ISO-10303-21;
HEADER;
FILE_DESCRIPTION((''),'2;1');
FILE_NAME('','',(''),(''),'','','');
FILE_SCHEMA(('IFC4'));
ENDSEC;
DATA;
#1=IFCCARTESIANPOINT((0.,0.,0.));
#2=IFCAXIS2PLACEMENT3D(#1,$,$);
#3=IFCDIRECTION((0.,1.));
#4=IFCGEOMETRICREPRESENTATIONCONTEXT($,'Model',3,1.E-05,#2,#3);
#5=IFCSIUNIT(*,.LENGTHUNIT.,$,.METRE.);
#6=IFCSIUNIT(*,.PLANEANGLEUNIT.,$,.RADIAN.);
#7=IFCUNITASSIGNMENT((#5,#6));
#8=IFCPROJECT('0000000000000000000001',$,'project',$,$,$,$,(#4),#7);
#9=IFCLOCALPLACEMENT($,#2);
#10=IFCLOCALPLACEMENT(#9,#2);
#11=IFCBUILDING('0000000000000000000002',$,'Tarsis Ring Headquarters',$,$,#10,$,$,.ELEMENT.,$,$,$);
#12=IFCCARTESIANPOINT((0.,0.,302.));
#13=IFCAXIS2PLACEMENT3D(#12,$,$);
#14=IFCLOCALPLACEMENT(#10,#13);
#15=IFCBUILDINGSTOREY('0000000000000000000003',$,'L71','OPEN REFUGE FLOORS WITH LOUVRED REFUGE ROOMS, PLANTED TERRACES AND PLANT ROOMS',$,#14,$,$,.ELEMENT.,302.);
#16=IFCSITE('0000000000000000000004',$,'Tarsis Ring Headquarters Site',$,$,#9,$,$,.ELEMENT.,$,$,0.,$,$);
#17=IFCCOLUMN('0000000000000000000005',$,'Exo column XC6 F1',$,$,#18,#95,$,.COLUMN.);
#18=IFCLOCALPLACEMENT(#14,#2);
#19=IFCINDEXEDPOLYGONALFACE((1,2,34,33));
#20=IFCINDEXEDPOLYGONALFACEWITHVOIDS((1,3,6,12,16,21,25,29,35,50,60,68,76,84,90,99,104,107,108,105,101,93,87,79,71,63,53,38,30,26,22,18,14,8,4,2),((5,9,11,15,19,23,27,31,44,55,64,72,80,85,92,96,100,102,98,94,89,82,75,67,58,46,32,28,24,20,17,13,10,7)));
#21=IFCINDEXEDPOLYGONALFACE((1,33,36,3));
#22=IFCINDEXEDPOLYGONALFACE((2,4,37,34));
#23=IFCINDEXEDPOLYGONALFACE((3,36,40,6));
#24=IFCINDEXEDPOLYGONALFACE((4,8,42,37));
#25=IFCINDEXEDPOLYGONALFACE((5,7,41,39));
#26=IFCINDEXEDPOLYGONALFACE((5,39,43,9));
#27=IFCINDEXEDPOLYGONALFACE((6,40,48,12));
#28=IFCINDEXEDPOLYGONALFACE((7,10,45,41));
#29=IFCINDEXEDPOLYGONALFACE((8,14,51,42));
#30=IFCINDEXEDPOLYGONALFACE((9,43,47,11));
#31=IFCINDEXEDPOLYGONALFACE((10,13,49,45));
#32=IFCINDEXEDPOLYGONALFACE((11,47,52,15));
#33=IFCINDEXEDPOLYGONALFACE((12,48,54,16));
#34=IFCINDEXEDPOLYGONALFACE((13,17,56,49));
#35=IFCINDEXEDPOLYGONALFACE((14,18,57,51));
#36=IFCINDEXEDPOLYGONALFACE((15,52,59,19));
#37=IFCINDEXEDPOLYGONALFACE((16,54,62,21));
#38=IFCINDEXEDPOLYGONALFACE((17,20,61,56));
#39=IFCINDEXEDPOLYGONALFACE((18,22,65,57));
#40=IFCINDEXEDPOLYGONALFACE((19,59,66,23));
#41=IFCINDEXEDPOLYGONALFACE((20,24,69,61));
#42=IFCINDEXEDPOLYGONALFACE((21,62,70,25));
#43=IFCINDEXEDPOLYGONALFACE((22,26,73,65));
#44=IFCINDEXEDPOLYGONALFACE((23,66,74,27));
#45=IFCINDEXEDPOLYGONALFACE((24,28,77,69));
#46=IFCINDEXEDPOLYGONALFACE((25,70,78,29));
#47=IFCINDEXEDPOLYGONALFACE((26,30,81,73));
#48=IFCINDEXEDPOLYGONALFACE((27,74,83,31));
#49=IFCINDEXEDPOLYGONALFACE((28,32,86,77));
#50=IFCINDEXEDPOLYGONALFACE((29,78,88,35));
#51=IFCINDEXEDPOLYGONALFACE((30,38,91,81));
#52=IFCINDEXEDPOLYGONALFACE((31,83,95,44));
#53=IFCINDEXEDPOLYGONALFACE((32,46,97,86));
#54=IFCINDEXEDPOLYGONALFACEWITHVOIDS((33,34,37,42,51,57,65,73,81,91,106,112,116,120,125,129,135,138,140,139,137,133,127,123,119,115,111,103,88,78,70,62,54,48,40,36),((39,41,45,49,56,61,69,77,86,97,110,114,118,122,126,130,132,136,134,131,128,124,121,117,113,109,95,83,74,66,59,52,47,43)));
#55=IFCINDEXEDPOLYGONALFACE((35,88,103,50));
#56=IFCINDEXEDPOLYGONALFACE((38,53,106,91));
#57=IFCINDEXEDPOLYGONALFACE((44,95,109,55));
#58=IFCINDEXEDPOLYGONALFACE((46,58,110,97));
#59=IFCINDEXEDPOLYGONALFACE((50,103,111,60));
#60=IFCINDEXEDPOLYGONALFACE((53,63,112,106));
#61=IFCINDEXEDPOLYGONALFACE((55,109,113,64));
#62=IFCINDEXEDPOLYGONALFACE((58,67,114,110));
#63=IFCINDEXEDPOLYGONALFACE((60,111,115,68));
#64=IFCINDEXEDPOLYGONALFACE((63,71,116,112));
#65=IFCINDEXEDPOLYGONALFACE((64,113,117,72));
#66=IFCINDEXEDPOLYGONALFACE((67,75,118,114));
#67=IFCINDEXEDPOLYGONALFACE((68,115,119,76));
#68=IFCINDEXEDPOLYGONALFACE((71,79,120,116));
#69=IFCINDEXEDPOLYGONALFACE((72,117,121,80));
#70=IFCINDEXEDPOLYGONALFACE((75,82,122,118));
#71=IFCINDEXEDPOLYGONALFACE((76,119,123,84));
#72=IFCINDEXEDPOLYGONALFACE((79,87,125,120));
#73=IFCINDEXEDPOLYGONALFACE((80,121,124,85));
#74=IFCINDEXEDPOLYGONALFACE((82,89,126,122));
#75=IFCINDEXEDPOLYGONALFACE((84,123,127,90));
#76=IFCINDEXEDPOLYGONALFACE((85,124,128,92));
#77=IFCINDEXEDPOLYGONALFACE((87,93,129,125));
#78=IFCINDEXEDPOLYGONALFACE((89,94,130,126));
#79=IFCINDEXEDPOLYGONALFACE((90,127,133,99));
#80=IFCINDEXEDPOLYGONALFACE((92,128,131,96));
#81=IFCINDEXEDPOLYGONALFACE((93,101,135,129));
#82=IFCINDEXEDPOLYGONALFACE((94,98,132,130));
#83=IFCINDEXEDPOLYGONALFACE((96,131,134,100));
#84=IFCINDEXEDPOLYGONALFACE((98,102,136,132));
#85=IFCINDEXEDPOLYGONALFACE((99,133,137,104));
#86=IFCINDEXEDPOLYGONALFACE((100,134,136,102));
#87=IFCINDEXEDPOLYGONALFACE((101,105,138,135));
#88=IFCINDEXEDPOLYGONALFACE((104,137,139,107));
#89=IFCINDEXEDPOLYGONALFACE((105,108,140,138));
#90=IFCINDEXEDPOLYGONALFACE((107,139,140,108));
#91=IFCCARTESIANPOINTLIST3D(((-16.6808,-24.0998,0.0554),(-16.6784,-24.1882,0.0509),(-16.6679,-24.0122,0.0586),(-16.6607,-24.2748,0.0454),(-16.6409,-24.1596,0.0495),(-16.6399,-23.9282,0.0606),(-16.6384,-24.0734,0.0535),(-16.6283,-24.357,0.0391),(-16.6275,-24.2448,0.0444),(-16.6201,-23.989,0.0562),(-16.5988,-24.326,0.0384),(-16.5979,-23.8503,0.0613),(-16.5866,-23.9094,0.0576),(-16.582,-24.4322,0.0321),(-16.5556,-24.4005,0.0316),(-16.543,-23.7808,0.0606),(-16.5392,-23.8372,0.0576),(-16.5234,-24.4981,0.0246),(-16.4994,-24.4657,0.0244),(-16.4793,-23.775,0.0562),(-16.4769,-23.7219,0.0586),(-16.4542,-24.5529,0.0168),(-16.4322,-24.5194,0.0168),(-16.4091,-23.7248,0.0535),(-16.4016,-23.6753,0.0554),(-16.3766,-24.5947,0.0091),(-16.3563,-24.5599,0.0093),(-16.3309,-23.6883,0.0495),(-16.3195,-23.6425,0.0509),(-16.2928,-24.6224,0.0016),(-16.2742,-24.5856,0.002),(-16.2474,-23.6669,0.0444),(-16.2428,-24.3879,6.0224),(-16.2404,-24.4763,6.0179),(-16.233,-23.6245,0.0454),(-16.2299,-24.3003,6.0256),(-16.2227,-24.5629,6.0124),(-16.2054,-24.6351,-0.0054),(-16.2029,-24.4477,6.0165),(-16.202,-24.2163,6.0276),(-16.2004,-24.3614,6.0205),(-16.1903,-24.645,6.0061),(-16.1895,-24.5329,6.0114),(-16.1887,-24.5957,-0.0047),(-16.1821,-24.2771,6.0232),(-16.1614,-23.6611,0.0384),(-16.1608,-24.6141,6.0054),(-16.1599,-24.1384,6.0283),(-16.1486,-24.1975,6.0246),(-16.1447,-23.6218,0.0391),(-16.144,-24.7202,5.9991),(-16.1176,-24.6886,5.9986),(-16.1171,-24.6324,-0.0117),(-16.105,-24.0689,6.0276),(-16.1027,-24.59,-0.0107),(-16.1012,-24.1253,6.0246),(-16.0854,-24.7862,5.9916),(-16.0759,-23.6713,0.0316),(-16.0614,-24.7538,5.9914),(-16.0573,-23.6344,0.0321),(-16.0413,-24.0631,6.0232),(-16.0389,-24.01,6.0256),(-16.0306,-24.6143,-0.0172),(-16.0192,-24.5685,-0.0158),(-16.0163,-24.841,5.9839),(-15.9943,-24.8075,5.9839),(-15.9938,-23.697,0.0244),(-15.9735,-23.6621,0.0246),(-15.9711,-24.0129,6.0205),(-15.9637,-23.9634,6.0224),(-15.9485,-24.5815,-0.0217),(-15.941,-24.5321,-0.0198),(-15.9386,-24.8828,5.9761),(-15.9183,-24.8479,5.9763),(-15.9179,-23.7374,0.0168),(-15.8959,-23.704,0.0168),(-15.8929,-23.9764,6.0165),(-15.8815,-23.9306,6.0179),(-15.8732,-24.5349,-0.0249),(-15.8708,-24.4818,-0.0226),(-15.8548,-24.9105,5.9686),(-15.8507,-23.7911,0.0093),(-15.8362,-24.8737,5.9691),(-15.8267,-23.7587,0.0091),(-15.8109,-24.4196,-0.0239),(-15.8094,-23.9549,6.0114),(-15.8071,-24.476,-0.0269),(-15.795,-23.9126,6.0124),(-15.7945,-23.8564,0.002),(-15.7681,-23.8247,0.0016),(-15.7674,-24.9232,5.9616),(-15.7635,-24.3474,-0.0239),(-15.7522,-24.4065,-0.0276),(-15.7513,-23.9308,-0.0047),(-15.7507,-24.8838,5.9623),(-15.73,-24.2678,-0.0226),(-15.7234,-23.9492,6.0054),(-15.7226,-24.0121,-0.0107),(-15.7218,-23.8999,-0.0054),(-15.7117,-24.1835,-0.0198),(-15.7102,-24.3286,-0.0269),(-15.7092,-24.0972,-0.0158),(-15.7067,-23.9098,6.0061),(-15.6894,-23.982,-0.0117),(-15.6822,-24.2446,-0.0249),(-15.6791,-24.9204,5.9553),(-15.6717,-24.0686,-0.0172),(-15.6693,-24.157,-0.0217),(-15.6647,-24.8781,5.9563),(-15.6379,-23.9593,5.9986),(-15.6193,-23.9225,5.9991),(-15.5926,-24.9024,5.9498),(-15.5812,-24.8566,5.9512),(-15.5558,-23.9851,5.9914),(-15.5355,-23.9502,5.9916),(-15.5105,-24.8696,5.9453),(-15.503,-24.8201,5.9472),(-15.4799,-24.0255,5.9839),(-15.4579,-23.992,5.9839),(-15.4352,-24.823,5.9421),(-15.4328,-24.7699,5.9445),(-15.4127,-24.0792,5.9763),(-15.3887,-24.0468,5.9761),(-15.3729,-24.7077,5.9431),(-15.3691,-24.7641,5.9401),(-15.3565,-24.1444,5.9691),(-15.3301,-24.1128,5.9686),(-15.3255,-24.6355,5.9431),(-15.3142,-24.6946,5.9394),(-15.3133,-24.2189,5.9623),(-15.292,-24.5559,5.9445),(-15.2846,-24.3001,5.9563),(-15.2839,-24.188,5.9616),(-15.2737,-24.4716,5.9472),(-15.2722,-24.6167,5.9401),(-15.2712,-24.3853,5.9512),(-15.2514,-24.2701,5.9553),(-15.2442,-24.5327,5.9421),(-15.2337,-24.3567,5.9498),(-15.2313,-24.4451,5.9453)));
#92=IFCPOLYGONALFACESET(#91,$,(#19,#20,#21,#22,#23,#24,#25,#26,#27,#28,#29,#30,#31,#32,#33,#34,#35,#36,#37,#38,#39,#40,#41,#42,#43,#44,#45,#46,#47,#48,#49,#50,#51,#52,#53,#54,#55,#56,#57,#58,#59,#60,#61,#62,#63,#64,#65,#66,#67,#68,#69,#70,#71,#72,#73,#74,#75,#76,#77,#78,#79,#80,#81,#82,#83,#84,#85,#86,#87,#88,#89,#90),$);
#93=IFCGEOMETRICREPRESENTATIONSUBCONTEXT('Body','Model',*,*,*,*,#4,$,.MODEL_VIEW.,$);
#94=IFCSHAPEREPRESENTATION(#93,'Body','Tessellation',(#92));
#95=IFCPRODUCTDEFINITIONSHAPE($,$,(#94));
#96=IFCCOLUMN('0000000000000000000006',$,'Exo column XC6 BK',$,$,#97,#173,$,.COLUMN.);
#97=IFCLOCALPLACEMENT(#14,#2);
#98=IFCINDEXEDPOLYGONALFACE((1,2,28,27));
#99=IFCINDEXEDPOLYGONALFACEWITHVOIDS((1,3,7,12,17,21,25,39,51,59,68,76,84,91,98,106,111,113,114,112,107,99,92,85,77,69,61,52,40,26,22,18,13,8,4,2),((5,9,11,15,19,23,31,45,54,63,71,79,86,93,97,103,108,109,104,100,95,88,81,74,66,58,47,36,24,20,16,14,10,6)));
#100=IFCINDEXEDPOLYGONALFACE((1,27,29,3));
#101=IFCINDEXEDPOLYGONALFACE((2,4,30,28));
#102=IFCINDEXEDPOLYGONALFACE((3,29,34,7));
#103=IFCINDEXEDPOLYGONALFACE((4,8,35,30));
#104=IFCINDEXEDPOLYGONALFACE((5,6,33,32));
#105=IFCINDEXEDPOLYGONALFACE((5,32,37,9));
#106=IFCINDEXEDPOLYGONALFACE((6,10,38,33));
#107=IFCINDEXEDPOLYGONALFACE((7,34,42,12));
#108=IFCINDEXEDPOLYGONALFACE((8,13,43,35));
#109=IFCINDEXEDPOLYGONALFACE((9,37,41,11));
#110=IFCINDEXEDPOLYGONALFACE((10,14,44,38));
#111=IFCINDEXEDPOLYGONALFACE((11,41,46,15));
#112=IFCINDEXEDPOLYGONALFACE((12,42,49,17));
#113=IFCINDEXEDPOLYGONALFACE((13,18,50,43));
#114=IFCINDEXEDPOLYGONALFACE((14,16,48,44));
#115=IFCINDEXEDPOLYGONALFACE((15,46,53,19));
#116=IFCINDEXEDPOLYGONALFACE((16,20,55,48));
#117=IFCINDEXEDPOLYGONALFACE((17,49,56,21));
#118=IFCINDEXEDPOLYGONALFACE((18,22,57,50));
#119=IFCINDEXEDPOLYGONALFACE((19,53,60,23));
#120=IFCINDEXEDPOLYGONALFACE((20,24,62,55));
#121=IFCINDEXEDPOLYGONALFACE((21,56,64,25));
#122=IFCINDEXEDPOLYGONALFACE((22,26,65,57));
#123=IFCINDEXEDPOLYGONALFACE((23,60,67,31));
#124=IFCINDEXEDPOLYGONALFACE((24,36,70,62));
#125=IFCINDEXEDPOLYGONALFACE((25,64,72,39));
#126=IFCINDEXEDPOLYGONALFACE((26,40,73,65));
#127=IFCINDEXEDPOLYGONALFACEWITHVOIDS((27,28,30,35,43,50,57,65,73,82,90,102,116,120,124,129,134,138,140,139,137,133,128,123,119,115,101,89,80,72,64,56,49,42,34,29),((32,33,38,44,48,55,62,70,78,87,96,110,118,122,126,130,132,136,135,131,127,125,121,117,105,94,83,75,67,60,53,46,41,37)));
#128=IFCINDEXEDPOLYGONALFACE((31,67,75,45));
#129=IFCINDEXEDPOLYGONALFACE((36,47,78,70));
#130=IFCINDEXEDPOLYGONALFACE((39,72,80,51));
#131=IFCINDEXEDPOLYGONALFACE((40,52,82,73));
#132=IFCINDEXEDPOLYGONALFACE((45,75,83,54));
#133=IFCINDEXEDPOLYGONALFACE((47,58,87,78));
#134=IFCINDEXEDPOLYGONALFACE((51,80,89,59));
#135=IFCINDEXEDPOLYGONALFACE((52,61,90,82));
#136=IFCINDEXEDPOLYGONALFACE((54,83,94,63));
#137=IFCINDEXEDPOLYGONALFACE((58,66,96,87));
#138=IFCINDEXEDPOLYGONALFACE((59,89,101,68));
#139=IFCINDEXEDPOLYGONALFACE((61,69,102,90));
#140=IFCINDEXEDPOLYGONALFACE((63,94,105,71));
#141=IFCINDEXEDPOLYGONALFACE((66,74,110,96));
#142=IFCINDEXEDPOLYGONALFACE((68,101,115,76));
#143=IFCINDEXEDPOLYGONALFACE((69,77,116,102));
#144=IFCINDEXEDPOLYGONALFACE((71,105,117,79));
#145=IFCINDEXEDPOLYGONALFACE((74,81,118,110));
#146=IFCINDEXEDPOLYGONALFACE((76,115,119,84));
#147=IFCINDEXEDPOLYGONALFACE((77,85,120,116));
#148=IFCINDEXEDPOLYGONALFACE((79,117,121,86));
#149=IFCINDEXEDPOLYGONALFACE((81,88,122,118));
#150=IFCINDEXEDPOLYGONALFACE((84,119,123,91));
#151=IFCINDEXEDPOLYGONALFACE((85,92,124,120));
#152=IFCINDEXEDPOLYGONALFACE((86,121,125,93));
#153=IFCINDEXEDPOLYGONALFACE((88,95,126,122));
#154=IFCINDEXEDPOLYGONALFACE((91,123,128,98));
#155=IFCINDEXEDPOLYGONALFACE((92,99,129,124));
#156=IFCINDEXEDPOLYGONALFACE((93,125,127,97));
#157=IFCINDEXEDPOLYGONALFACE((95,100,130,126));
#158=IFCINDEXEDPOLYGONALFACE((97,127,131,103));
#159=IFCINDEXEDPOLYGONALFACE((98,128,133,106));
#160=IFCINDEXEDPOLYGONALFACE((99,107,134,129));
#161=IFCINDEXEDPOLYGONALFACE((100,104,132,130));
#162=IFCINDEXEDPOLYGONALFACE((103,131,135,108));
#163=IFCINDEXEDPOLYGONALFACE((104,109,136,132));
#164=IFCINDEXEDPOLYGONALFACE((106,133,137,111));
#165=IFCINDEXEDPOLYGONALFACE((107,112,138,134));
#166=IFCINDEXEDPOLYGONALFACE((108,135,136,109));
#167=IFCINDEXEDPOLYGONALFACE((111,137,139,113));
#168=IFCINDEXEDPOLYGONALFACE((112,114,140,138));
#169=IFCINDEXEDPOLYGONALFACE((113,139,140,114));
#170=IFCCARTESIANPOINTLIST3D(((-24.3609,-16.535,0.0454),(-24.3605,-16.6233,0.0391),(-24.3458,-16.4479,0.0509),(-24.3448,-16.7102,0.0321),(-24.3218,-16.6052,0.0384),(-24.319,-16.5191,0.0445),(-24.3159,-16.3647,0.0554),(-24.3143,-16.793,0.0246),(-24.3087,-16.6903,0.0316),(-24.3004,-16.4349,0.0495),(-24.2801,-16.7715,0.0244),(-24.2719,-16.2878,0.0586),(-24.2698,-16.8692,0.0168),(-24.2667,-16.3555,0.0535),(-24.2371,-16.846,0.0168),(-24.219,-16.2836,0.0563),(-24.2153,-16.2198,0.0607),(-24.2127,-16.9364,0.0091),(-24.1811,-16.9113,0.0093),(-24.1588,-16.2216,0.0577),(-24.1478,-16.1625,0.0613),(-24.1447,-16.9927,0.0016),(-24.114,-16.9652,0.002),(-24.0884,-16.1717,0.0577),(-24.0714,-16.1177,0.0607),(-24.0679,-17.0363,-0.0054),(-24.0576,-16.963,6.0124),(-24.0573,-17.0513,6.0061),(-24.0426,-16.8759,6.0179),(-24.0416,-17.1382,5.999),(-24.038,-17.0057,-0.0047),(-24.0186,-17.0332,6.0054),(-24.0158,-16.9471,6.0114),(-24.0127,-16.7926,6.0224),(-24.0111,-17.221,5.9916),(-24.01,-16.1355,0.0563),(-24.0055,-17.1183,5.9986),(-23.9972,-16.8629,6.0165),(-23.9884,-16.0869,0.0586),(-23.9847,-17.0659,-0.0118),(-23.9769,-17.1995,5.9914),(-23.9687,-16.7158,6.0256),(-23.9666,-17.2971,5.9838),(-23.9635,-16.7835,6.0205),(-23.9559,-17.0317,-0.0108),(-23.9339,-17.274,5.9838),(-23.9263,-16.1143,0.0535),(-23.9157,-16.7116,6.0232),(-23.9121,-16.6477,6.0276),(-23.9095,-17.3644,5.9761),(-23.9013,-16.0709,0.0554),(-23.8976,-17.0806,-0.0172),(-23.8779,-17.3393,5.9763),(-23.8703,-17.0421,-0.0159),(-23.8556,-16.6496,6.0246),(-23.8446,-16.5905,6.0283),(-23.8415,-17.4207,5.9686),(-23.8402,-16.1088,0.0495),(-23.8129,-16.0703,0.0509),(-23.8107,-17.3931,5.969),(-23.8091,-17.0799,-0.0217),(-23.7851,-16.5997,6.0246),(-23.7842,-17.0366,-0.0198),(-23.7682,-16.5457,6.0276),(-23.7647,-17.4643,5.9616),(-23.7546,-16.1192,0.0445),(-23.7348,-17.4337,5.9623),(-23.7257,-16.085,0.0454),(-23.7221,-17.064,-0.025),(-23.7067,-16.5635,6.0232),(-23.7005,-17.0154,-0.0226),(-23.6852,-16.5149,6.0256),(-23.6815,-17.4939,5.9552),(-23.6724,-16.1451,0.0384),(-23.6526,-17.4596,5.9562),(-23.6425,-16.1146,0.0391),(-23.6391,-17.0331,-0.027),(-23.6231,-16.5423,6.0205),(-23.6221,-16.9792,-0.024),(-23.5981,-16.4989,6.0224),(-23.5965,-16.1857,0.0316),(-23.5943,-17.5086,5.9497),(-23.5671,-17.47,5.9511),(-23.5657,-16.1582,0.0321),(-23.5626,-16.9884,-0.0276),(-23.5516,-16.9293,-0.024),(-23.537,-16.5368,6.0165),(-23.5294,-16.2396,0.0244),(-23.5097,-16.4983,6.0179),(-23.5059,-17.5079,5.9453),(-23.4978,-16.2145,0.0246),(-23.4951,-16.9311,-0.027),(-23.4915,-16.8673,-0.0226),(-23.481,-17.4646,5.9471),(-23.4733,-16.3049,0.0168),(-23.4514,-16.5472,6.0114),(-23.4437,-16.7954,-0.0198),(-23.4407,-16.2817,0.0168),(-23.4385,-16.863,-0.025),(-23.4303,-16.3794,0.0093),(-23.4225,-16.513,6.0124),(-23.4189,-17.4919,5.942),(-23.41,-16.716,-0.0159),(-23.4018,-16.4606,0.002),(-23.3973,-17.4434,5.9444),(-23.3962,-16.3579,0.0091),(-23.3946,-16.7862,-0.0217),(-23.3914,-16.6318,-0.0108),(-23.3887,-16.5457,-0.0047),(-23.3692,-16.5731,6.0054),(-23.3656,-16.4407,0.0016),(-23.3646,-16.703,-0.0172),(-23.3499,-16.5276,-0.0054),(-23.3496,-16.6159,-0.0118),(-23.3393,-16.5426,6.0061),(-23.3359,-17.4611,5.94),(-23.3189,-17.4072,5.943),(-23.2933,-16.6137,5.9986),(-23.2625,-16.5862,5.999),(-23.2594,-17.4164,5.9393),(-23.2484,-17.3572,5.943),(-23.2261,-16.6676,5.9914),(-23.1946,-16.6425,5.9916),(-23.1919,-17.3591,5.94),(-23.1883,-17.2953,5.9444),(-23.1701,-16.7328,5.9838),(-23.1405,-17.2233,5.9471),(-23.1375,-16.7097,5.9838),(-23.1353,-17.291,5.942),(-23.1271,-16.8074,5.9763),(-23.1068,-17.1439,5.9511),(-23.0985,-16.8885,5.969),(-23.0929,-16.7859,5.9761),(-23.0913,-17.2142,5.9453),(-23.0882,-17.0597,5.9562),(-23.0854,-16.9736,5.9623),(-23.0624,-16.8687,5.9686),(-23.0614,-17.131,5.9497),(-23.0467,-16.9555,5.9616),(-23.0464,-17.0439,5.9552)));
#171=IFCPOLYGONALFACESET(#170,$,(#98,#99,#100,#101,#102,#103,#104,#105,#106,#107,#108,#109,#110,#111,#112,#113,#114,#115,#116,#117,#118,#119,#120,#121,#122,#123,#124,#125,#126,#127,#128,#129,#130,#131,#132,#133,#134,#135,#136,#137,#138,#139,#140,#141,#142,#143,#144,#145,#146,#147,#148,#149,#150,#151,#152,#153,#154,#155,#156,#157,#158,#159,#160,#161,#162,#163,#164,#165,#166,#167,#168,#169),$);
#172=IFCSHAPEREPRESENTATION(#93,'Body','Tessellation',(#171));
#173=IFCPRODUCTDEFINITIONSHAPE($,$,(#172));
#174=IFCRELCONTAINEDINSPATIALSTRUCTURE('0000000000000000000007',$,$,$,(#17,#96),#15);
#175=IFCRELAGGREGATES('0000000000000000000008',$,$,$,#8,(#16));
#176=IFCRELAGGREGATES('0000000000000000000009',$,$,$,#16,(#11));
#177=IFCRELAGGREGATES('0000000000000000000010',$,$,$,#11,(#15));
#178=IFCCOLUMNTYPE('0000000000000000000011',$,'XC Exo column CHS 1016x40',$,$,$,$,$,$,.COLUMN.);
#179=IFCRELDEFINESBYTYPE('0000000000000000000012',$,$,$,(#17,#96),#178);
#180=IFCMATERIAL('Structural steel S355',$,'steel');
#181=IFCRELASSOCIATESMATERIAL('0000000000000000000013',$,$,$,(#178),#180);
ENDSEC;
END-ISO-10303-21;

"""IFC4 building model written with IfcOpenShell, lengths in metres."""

from ifc_helpers import new_model, si_unit, direction, frame, origin, origin_2d, place, context, subcontext, project, spatial, hollow_circle, extrude, material, material_profile, profile_set, type_object, element, save


model = new_model("IFC4")

# Units and contexts
model_context = context("Model", 3, precision=1e-05, world=origin(), true_north=direction((0.0, 1.0)))
body_context = subcontext(model_context, "Body", "Model", "MODEL_VIEW")
ifc_project = project(units=[si_unit("LENGTHUNIT", "METRE"), si_unit("PLANEANGLEUNIT", "RADIAN")], contexts=[model_context])

# Site, building, storey
site_placement = place(None, origin())
site = spatial("IfcSite", under=ifc_project, at=site_placement, Name="Tarsis Ring Headquarters Site", CompositionType="ELEMENT", RefElevation=0.0)
building_placement = place(site_placement, origin())
building = spatial("IfcBuilding", under=site, at=building_placement, Name="Tarsis Ring Headquarters", CompositionType="ELEMENT")
storey_placement = place(building_placement, frame((0.0, 0.0, 302.0)))
storey = spatial("IfcBuildingStorey", under=building, at=storey_placement, Name="L71", Description="OPEN REFUGE FLOORS WITH LOUVRED REFUGE ROOMS, PLANTED TERRACES AND PLANT ROOMS", CompositionType="ELEMENT", Elevation=302.0)

# Columns
ifc_material_1 = material(Name="Structural steel S355", Category="steel")
ifc_material_profile_1 = material_profile(ifc_material_1, hollow_circle(Radius=0.5081, WallThickness=0.04, at=origin_2d()), Name="CHS 1016x40")
ifc_profile_set_1 = profile_set([ifc_material_profile_1], Name="Structural steel S355")
column_type = type_object("IfcColumnType", Name="XC Exo column CHS 1016x40", PredefinedType="COLUMN", material=ifc_profile_set_1)
for number, where, z_axis, x_axis, name in (
    (1, (-16.175, -24.1284, 0.0168), (0.07312, -0.048094, 0.996163), (0.549531, 0.835473, 0.0), "Exo column XC6 F1"),
    (2, (-23.8552, -16.5754, 0.0168), (0.050621, -0.071448, 0.996159), (0.81596, 0.578108, 0.0), "Exo column XC6 BK"),
):
    element("IfcColumn", number, at=place(storey_placement, frame(where, z_axis=z_axis, x_axis=x_axis)), inside=storey, type_object=column_type, Name=name, PredefinedType="COLUMN", context=body_context, shape_type="SweptSolid", body=[
        extrude(hollow_circle(Radius=0.5081, WallThickness=0.04, at=origin_2d()), origin(), (0.0, 0.0, 1.0), 5.99),
    ])

save(model, "model.ifc")
